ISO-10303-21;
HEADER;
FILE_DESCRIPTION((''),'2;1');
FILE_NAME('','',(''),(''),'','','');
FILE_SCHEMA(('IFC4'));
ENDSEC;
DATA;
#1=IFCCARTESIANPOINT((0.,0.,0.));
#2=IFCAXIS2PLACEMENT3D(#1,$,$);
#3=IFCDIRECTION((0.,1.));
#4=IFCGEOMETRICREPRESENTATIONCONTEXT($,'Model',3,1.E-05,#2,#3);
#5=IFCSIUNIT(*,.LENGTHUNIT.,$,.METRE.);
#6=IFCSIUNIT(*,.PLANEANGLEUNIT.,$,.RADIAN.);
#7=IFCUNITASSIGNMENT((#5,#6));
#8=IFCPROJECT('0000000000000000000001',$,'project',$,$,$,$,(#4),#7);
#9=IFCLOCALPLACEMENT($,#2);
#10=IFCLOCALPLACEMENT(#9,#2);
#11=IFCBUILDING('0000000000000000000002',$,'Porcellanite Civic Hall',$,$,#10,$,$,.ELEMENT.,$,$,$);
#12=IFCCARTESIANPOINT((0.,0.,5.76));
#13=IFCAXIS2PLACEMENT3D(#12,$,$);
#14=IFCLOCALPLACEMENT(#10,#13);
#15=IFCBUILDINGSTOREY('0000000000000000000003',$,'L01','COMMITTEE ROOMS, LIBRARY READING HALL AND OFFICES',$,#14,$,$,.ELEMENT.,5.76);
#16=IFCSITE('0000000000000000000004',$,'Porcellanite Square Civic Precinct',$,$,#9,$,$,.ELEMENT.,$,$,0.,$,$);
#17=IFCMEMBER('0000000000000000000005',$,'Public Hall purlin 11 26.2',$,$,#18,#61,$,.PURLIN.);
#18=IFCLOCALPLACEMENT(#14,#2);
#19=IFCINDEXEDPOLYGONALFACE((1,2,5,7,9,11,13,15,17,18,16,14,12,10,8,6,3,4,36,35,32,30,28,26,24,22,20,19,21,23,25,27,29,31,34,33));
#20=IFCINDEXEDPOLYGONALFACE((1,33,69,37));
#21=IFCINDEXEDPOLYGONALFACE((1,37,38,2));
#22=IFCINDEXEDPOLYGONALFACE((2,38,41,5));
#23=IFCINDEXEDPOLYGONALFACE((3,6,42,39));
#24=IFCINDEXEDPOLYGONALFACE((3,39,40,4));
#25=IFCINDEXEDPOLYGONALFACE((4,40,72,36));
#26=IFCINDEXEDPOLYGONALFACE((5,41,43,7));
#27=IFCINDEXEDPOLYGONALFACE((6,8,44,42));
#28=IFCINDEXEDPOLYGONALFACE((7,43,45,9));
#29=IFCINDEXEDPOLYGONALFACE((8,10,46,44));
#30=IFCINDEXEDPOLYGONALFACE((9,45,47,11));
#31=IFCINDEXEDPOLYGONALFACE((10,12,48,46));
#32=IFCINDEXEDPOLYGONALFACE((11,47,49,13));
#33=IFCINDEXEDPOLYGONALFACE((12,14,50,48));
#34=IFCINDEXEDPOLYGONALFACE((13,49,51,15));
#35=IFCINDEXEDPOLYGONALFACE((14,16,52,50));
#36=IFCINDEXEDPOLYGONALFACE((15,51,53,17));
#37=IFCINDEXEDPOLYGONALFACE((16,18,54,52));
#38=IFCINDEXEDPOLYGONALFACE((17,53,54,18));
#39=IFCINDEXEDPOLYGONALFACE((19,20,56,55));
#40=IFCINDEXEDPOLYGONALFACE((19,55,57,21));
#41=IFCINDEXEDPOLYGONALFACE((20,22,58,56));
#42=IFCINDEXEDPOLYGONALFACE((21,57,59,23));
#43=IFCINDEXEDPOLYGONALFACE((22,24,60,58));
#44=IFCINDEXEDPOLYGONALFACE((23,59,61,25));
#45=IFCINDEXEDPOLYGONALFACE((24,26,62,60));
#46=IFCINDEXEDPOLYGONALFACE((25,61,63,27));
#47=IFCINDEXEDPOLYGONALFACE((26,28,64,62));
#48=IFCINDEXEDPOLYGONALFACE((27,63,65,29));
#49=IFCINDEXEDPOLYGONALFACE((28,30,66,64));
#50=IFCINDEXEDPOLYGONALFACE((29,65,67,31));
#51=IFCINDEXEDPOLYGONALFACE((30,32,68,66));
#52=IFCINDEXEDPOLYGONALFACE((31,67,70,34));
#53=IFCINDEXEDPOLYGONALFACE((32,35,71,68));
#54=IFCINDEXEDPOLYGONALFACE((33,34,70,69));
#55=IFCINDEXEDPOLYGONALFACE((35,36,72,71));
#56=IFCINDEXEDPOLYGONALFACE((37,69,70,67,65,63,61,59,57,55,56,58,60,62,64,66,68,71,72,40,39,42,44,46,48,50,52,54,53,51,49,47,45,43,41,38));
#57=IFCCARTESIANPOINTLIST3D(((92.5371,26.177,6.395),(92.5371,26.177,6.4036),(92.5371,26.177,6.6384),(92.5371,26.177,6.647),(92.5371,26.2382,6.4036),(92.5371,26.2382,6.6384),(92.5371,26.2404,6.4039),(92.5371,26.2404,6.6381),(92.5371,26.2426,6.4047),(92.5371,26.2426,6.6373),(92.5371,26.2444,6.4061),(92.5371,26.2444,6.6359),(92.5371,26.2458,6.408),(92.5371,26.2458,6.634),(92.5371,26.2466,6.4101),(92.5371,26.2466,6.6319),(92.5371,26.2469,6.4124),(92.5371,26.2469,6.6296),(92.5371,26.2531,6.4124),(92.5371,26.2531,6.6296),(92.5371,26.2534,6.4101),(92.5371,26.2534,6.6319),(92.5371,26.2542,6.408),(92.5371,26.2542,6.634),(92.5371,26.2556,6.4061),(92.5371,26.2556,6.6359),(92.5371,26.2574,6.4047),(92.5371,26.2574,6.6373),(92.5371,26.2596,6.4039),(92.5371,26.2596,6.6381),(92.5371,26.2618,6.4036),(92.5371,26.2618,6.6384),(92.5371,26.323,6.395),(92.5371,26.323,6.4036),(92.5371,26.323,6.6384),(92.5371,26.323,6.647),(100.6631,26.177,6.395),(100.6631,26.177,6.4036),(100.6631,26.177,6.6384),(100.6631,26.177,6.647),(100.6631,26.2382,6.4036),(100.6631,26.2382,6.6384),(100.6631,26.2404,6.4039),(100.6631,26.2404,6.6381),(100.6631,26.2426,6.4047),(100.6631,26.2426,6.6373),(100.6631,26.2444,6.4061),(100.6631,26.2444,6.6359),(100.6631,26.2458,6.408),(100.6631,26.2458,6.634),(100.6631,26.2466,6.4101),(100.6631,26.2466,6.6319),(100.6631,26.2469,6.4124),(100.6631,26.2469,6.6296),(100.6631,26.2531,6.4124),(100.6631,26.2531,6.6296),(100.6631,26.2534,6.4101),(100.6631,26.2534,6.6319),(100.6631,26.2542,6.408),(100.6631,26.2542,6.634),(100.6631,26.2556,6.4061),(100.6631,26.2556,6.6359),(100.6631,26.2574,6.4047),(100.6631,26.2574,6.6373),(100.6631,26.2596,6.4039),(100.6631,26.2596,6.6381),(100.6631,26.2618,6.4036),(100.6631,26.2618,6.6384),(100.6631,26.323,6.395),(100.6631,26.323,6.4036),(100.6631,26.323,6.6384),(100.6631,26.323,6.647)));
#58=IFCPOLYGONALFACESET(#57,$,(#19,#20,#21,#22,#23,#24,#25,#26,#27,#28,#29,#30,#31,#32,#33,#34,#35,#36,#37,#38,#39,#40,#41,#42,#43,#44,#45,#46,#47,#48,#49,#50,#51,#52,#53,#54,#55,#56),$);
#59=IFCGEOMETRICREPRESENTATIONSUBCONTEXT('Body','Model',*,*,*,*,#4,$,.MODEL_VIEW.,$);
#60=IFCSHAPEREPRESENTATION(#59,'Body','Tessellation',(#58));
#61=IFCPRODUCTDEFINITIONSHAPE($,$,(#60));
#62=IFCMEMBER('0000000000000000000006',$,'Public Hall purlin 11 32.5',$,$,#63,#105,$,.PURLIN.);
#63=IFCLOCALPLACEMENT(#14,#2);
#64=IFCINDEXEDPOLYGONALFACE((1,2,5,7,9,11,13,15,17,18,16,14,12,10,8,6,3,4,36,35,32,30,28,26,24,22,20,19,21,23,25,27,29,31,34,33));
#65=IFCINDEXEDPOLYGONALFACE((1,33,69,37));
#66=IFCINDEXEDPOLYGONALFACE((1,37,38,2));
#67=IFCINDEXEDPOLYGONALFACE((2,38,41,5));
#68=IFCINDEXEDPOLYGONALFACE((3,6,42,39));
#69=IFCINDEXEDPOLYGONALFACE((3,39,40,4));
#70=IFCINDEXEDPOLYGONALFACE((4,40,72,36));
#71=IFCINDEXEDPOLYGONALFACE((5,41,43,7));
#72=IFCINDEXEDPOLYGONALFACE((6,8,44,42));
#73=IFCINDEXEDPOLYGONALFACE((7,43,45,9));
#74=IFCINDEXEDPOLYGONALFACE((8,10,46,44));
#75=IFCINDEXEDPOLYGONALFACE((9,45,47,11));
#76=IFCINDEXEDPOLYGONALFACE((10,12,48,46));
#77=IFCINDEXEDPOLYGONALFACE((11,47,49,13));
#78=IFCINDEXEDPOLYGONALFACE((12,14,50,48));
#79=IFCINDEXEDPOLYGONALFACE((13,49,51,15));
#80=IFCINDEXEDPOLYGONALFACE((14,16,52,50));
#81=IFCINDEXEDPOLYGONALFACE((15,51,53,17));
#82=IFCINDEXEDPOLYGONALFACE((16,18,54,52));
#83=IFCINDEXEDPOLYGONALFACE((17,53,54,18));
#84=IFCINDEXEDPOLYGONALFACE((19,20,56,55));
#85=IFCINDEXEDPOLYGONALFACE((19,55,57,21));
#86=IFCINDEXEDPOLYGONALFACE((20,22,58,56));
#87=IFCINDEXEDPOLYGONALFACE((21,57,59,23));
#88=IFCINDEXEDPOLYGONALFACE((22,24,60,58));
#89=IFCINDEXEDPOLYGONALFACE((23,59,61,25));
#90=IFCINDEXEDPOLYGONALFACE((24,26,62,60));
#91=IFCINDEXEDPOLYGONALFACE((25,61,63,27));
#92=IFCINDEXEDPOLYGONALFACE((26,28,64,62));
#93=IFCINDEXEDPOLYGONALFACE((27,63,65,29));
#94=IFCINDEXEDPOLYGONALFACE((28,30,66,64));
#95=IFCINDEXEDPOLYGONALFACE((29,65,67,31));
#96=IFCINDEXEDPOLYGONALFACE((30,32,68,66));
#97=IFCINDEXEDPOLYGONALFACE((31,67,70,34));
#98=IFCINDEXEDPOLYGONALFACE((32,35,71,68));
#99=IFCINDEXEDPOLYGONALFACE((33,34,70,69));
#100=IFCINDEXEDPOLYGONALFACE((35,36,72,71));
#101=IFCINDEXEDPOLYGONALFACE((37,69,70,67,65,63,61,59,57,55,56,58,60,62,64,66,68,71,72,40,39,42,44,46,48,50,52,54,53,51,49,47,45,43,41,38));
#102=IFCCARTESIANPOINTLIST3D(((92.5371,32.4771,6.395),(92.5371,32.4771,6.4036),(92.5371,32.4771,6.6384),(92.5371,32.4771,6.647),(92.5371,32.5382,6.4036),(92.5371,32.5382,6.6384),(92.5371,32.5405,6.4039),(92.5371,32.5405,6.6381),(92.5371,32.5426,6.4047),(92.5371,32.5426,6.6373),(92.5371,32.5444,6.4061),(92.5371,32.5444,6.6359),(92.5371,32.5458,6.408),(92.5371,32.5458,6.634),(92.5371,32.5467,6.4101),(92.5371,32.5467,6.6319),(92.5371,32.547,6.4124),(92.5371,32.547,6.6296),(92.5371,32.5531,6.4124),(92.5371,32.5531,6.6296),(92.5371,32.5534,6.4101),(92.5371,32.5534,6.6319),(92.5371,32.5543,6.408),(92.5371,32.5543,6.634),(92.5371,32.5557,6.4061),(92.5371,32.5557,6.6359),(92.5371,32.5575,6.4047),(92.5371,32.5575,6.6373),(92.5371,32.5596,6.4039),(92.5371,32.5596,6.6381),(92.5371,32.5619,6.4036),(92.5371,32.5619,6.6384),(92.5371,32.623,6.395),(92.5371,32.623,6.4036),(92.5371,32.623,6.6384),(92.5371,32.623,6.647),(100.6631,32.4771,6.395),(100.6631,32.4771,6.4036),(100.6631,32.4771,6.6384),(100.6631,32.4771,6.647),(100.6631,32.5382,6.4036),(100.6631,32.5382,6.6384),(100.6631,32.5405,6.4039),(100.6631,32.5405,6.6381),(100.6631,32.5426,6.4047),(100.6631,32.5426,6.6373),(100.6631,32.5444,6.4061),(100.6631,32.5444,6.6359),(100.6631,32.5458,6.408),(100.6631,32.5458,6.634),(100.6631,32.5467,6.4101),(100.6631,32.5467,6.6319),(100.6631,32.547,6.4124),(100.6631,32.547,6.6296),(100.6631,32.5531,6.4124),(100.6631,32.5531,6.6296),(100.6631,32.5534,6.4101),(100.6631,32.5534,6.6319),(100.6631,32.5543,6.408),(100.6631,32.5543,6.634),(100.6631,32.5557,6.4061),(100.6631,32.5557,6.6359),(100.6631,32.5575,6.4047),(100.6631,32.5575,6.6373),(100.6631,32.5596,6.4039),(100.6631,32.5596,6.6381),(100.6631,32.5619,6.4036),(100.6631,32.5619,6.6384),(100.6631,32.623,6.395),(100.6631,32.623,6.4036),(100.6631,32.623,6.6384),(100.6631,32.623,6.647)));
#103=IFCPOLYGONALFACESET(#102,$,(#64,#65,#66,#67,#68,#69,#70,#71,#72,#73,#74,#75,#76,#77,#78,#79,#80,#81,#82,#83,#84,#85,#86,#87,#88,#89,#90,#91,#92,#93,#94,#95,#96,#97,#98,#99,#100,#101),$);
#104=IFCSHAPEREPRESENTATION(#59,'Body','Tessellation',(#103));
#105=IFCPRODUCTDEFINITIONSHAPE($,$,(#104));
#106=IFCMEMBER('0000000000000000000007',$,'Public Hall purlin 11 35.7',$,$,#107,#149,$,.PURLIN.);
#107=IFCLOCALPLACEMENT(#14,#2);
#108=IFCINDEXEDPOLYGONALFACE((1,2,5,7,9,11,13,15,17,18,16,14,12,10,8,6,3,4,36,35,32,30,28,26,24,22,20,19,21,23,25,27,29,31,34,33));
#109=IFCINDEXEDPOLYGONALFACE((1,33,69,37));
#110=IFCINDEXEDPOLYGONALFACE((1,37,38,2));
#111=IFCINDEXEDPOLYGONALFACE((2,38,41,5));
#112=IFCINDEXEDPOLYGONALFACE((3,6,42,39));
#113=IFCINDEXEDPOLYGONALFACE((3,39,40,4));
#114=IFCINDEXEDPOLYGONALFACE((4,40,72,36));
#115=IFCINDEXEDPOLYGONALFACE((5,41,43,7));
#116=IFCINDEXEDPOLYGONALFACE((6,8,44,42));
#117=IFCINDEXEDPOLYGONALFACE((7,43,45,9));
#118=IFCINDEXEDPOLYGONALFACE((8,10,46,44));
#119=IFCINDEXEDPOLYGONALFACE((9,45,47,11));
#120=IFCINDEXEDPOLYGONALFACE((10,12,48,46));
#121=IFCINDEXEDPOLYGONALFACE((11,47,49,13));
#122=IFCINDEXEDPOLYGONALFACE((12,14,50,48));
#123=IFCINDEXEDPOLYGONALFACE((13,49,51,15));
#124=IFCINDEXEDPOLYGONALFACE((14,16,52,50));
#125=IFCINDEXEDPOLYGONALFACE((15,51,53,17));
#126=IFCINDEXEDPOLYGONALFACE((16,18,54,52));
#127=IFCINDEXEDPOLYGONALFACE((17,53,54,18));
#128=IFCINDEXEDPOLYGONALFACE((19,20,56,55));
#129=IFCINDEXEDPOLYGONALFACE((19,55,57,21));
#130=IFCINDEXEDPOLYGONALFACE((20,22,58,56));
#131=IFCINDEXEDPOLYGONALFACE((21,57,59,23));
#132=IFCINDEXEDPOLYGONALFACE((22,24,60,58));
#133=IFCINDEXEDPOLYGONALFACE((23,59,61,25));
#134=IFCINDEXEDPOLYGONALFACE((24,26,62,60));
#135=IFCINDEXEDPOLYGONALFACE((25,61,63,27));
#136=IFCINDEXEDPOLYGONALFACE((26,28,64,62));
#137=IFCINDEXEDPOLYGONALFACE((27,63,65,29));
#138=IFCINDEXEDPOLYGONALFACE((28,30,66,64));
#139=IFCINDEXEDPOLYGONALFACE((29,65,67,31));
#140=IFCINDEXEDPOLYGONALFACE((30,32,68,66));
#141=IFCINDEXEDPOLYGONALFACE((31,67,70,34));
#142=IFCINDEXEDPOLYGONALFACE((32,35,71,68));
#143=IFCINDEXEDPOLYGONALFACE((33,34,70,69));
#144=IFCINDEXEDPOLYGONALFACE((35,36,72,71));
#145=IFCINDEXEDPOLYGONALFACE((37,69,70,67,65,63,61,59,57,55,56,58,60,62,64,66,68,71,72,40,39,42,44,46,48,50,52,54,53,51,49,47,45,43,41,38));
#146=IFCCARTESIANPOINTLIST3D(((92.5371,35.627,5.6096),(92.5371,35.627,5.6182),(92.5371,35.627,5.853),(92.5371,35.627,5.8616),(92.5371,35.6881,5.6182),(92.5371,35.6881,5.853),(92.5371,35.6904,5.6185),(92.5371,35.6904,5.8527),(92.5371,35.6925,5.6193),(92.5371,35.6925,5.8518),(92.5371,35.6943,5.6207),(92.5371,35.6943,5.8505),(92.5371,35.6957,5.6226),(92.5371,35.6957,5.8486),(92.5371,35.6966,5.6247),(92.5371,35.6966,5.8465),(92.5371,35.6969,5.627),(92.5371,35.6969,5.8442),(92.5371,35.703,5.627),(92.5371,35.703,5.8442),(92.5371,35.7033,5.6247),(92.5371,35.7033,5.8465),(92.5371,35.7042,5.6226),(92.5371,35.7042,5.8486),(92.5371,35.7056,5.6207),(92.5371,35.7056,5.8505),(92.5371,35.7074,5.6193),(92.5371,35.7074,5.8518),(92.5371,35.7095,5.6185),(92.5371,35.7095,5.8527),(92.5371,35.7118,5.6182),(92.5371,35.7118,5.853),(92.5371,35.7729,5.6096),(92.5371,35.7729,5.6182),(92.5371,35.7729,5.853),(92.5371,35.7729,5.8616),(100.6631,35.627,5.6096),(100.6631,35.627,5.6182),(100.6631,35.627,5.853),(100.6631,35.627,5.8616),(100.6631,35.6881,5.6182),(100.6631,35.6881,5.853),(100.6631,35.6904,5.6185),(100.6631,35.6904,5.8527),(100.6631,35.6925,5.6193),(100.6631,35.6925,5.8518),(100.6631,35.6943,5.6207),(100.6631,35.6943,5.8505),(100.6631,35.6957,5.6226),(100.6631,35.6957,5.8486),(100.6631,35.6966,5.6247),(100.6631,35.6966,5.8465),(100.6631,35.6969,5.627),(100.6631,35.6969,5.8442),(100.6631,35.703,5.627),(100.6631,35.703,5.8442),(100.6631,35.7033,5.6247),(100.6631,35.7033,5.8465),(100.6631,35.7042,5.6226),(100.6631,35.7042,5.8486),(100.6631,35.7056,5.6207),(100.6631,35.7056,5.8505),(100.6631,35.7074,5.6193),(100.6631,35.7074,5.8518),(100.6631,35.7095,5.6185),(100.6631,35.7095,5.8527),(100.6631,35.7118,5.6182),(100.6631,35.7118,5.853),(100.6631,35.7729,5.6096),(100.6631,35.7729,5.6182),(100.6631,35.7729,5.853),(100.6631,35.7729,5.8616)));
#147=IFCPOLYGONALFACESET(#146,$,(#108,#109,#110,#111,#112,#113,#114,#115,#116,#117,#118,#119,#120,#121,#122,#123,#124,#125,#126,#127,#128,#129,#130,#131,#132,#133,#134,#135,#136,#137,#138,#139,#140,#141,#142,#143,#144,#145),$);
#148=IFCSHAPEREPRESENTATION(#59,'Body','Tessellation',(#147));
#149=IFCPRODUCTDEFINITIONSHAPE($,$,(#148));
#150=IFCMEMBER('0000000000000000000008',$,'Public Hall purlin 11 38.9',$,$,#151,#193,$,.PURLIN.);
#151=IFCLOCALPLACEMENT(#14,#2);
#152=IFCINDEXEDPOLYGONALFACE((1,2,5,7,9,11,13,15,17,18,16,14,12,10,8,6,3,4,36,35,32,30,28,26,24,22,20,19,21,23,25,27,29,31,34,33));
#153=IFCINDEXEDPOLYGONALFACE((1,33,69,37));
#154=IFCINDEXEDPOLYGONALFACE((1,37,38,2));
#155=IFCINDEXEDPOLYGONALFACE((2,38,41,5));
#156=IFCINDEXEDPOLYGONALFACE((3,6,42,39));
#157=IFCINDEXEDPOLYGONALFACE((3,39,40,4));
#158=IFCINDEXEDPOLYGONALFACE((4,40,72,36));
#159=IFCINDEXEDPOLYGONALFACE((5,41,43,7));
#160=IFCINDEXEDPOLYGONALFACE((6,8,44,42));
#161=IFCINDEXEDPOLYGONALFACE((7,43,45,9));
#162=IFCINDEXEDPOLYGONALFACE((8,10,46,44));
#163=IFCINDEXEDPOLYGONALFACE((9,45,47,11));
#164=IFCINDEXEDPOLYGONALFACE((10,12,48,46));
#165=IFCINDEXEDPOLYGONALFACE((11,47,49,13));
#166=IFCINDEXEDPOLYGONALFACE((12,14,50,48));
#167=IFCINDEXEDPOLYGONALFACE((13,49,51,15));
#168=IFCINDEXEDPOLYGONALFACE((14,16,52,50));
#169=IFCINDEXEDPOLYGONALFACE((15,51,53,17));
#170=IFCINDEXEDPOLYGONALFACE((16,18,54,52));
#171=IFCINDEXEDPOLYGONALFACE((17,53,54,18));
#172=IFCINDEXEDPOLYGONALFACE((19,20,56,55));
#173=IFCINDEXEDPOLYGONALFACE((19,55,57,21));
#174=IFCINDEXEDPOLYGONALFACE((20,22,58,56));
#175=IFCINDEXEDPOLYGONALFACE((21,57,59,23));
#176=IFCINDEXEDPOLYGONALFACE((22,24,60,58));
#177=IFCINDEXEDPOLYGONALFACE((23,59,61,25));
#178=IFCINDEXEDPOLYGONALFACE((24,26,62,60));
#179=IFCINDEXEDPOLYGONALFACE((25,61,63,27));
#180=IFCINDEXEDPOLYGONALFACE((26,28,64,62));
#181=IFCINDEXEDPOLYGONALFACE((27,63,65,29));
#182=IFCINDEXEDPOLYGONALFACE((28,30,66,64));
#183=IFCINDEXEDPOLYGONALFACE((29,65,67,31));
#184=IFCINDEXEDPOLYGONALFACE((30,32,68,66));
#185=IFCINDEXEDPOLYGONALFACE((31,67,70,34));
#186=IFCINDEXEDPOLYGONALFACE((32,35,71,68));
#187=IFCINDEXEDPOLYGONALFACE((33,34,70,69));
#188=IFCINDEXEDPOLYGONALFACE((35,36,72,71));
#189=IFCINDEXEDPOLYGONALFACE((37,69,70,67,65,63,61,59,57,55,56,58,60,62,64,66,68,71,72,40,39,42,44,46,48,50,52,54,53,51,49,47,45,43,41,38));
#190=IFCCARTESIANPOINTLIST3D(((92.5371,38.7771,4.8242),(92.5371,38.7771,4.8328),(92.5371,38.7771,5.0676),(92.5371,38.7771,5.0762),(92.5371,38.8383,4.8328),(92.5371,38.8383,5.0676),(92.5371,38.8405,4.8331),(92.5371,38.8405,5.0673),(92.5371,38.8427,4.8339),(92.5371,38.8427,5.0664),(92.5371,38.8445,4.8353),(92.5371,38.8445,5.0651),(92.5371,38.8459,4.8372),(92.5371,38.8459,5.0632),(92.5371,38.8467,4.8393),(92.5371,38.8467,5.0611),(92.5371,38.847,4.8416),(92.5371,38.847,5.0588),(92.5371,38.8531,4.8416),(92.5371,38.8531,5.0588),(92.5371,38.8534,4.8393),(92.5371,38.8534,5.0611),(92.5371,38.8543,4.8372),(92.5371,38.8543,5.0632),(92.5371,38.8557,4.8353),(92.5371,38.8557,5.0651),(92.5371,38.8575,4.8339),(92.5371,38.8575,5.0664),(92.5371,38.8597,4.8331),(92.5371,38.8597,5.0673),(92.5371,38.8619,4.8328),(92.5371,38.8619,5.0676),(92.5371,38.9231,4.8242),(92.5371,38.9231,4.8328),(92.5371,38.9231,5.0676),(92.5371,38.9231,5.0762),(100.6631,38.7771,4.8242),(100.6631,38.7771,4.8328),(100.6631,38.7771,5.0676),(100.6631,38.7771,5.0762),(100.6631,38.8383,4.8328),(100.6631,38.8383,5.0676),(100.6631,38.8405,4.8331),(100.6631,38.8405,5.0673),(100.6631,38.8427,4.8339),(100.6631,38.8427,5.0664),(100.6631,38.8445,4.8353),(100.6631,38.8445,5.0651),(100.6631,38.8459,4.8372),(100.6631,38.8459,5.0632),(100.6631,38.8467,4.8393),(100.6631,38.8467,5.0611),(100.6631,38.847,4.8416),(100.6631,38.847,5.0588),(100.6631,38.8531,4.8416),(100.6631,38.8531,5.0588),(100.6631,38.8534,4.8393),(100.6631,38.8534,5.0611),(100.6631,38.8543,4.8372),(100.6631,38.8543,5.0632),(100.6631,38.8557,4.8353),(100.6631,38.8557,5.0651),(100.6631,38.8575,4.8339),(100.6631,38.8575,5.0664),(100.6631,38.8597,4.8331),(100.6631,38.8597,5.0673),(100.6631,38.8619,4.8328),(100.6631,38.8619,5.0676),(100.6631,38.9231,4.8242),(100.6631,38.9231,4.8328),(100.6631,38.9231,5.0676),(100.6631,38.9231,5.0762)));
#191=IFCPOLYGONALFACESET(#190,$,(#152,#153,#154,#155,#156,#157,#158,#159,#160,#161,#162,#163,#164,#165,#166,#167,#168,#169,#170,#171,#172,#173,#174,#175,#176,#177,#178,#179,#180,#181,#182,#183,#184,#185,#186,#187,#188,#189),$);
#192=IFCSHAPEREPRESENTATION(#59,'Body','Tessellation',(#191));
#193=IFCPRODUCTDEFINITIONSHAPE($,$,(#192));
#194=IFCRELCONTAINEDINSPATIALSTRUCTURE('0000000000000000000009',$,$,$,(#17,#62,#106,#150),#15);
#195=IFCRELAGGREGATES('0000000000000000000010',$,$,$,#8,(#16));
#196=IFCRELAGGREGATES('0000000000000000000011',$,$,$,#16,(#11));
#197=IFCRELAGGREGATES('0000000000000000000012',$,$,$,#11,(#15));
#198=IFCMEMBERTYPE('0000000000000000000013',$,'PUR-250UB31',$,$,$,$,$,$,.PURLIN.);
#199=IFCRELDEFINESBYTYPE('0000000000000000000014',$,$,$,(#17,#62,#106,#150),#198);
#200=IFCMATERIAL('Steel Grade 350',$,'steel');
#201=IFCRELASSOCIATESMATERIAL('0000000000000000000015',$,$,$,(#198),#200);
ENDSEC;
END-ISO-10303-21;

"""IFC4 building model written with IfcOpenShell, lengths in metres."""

from ifc_helpers import new_model, si_unit, direction, frame, origin, origin_2d, place, context, subcontext, project, spatial, i_section, extrude, material, material_profile, profile_set, type_object, element, save


model = new_model("IFC4")

# Units and contexts
model_context = context("Model", 3, precision=1e-05, world=origin(), true_north=direction((0.0, 1.0)))
body_context = subcontext(model_context, "Body", "Model", "MODEL_VIEW")
ifc_project = project(units=[si_unit("LENGTHUNIT", "METRE"), si_unit("PLANEANGLEUNIT", "RADIAN")], contexts=[model_context])

# Site, building, storey
site_placement = place(None, origin())
site = spatial("IfcSite", under=ifc_project, at=site_placement, Name="Porcellanite Square Civic Precinct", CompositionType="ELEMENT", RefElevation=0.0)
building_placement = place(site_placement, origin())
building = spatial("IfcBuilding", under=site, at=building_placement, Name="Porcellanite Civic Hall", CompositionType="ELEMENT")
storey_placement = place(building_placement, frame((0.0, 0.0, 5.76)))
storey = spatial("IfcBuildingStorey", under=building, at=storey_placement, Name="L01", Description="COMMITTEE ROOMS, LIBRARY READING HALL AND OFFICES", CompositionType="ELEMENT", Elevation=5.76)

# Members
ifc_material_1 = material(Name="Steel Grade 350", Category="steel")
ifc_material_profile_1 = material_profile(ifc_material_1, i_section(OverallWidth=0.146, OverallDepth=0.252, WebThickness=0.0061, FlangeThickness=0.0085, FilletRadius=0.0088, at=origin_2d()), Name="250UB31.4")
ifc_profile_set_1 = profile_set([ifc_material_profile_1], Name="Steel Grade 350")
member_type_1 = type_object("IfcMemberType", Name="PUR-250UB31", PredefinedType="PURLIN", material=ifc_profile_set_1)
for number, where, z_axis, x_axis, name in (
    (1, (92.5371, 26.25, 6.521), (1.0, 0.0, 0.0), (0.0, 1.0, 0.0), "Public Hall purlin 11 26.2"),
    (2, (92.5371, 32.55, 6.521), (1.0, 0.0, 0.0), (0.0, 1.0, 0.0), "Public Hall purlin 11 32.5"),
    (3, (92.5371, 35.7, 5.7356), (1.0, 0.0, 0.0), (0.0, 1.0, 0.0), "Public Hall purlin 11 35.7"),
    (4, (92.5371, 38.8501, 4.9502), (1.0, 0.0, 0.0), (0.0, 1.0, 0.0), "Public Hall purlin 11 38.9"),
):
    element("IfcMember", number, at=place(storey_placement, frame(where, z_axis=z_axis, x_axis=x_axis)), inside=storey, type_object=member_type_1, Name=name, PredefinedType="PURLIN", context=body_context, shape_type="SweptSolid", body=[
        extrude(i_section(OverallWidth=0.146, OverallDepth=0.252, WebThickness=0.0061, FlangeThickness=0.0085, FilletRadius=0.0088, at=origin_2d()), origin(), (0.0, 0.0, 1.0), 8.126),
    ])

save(model, "model.ifc")
